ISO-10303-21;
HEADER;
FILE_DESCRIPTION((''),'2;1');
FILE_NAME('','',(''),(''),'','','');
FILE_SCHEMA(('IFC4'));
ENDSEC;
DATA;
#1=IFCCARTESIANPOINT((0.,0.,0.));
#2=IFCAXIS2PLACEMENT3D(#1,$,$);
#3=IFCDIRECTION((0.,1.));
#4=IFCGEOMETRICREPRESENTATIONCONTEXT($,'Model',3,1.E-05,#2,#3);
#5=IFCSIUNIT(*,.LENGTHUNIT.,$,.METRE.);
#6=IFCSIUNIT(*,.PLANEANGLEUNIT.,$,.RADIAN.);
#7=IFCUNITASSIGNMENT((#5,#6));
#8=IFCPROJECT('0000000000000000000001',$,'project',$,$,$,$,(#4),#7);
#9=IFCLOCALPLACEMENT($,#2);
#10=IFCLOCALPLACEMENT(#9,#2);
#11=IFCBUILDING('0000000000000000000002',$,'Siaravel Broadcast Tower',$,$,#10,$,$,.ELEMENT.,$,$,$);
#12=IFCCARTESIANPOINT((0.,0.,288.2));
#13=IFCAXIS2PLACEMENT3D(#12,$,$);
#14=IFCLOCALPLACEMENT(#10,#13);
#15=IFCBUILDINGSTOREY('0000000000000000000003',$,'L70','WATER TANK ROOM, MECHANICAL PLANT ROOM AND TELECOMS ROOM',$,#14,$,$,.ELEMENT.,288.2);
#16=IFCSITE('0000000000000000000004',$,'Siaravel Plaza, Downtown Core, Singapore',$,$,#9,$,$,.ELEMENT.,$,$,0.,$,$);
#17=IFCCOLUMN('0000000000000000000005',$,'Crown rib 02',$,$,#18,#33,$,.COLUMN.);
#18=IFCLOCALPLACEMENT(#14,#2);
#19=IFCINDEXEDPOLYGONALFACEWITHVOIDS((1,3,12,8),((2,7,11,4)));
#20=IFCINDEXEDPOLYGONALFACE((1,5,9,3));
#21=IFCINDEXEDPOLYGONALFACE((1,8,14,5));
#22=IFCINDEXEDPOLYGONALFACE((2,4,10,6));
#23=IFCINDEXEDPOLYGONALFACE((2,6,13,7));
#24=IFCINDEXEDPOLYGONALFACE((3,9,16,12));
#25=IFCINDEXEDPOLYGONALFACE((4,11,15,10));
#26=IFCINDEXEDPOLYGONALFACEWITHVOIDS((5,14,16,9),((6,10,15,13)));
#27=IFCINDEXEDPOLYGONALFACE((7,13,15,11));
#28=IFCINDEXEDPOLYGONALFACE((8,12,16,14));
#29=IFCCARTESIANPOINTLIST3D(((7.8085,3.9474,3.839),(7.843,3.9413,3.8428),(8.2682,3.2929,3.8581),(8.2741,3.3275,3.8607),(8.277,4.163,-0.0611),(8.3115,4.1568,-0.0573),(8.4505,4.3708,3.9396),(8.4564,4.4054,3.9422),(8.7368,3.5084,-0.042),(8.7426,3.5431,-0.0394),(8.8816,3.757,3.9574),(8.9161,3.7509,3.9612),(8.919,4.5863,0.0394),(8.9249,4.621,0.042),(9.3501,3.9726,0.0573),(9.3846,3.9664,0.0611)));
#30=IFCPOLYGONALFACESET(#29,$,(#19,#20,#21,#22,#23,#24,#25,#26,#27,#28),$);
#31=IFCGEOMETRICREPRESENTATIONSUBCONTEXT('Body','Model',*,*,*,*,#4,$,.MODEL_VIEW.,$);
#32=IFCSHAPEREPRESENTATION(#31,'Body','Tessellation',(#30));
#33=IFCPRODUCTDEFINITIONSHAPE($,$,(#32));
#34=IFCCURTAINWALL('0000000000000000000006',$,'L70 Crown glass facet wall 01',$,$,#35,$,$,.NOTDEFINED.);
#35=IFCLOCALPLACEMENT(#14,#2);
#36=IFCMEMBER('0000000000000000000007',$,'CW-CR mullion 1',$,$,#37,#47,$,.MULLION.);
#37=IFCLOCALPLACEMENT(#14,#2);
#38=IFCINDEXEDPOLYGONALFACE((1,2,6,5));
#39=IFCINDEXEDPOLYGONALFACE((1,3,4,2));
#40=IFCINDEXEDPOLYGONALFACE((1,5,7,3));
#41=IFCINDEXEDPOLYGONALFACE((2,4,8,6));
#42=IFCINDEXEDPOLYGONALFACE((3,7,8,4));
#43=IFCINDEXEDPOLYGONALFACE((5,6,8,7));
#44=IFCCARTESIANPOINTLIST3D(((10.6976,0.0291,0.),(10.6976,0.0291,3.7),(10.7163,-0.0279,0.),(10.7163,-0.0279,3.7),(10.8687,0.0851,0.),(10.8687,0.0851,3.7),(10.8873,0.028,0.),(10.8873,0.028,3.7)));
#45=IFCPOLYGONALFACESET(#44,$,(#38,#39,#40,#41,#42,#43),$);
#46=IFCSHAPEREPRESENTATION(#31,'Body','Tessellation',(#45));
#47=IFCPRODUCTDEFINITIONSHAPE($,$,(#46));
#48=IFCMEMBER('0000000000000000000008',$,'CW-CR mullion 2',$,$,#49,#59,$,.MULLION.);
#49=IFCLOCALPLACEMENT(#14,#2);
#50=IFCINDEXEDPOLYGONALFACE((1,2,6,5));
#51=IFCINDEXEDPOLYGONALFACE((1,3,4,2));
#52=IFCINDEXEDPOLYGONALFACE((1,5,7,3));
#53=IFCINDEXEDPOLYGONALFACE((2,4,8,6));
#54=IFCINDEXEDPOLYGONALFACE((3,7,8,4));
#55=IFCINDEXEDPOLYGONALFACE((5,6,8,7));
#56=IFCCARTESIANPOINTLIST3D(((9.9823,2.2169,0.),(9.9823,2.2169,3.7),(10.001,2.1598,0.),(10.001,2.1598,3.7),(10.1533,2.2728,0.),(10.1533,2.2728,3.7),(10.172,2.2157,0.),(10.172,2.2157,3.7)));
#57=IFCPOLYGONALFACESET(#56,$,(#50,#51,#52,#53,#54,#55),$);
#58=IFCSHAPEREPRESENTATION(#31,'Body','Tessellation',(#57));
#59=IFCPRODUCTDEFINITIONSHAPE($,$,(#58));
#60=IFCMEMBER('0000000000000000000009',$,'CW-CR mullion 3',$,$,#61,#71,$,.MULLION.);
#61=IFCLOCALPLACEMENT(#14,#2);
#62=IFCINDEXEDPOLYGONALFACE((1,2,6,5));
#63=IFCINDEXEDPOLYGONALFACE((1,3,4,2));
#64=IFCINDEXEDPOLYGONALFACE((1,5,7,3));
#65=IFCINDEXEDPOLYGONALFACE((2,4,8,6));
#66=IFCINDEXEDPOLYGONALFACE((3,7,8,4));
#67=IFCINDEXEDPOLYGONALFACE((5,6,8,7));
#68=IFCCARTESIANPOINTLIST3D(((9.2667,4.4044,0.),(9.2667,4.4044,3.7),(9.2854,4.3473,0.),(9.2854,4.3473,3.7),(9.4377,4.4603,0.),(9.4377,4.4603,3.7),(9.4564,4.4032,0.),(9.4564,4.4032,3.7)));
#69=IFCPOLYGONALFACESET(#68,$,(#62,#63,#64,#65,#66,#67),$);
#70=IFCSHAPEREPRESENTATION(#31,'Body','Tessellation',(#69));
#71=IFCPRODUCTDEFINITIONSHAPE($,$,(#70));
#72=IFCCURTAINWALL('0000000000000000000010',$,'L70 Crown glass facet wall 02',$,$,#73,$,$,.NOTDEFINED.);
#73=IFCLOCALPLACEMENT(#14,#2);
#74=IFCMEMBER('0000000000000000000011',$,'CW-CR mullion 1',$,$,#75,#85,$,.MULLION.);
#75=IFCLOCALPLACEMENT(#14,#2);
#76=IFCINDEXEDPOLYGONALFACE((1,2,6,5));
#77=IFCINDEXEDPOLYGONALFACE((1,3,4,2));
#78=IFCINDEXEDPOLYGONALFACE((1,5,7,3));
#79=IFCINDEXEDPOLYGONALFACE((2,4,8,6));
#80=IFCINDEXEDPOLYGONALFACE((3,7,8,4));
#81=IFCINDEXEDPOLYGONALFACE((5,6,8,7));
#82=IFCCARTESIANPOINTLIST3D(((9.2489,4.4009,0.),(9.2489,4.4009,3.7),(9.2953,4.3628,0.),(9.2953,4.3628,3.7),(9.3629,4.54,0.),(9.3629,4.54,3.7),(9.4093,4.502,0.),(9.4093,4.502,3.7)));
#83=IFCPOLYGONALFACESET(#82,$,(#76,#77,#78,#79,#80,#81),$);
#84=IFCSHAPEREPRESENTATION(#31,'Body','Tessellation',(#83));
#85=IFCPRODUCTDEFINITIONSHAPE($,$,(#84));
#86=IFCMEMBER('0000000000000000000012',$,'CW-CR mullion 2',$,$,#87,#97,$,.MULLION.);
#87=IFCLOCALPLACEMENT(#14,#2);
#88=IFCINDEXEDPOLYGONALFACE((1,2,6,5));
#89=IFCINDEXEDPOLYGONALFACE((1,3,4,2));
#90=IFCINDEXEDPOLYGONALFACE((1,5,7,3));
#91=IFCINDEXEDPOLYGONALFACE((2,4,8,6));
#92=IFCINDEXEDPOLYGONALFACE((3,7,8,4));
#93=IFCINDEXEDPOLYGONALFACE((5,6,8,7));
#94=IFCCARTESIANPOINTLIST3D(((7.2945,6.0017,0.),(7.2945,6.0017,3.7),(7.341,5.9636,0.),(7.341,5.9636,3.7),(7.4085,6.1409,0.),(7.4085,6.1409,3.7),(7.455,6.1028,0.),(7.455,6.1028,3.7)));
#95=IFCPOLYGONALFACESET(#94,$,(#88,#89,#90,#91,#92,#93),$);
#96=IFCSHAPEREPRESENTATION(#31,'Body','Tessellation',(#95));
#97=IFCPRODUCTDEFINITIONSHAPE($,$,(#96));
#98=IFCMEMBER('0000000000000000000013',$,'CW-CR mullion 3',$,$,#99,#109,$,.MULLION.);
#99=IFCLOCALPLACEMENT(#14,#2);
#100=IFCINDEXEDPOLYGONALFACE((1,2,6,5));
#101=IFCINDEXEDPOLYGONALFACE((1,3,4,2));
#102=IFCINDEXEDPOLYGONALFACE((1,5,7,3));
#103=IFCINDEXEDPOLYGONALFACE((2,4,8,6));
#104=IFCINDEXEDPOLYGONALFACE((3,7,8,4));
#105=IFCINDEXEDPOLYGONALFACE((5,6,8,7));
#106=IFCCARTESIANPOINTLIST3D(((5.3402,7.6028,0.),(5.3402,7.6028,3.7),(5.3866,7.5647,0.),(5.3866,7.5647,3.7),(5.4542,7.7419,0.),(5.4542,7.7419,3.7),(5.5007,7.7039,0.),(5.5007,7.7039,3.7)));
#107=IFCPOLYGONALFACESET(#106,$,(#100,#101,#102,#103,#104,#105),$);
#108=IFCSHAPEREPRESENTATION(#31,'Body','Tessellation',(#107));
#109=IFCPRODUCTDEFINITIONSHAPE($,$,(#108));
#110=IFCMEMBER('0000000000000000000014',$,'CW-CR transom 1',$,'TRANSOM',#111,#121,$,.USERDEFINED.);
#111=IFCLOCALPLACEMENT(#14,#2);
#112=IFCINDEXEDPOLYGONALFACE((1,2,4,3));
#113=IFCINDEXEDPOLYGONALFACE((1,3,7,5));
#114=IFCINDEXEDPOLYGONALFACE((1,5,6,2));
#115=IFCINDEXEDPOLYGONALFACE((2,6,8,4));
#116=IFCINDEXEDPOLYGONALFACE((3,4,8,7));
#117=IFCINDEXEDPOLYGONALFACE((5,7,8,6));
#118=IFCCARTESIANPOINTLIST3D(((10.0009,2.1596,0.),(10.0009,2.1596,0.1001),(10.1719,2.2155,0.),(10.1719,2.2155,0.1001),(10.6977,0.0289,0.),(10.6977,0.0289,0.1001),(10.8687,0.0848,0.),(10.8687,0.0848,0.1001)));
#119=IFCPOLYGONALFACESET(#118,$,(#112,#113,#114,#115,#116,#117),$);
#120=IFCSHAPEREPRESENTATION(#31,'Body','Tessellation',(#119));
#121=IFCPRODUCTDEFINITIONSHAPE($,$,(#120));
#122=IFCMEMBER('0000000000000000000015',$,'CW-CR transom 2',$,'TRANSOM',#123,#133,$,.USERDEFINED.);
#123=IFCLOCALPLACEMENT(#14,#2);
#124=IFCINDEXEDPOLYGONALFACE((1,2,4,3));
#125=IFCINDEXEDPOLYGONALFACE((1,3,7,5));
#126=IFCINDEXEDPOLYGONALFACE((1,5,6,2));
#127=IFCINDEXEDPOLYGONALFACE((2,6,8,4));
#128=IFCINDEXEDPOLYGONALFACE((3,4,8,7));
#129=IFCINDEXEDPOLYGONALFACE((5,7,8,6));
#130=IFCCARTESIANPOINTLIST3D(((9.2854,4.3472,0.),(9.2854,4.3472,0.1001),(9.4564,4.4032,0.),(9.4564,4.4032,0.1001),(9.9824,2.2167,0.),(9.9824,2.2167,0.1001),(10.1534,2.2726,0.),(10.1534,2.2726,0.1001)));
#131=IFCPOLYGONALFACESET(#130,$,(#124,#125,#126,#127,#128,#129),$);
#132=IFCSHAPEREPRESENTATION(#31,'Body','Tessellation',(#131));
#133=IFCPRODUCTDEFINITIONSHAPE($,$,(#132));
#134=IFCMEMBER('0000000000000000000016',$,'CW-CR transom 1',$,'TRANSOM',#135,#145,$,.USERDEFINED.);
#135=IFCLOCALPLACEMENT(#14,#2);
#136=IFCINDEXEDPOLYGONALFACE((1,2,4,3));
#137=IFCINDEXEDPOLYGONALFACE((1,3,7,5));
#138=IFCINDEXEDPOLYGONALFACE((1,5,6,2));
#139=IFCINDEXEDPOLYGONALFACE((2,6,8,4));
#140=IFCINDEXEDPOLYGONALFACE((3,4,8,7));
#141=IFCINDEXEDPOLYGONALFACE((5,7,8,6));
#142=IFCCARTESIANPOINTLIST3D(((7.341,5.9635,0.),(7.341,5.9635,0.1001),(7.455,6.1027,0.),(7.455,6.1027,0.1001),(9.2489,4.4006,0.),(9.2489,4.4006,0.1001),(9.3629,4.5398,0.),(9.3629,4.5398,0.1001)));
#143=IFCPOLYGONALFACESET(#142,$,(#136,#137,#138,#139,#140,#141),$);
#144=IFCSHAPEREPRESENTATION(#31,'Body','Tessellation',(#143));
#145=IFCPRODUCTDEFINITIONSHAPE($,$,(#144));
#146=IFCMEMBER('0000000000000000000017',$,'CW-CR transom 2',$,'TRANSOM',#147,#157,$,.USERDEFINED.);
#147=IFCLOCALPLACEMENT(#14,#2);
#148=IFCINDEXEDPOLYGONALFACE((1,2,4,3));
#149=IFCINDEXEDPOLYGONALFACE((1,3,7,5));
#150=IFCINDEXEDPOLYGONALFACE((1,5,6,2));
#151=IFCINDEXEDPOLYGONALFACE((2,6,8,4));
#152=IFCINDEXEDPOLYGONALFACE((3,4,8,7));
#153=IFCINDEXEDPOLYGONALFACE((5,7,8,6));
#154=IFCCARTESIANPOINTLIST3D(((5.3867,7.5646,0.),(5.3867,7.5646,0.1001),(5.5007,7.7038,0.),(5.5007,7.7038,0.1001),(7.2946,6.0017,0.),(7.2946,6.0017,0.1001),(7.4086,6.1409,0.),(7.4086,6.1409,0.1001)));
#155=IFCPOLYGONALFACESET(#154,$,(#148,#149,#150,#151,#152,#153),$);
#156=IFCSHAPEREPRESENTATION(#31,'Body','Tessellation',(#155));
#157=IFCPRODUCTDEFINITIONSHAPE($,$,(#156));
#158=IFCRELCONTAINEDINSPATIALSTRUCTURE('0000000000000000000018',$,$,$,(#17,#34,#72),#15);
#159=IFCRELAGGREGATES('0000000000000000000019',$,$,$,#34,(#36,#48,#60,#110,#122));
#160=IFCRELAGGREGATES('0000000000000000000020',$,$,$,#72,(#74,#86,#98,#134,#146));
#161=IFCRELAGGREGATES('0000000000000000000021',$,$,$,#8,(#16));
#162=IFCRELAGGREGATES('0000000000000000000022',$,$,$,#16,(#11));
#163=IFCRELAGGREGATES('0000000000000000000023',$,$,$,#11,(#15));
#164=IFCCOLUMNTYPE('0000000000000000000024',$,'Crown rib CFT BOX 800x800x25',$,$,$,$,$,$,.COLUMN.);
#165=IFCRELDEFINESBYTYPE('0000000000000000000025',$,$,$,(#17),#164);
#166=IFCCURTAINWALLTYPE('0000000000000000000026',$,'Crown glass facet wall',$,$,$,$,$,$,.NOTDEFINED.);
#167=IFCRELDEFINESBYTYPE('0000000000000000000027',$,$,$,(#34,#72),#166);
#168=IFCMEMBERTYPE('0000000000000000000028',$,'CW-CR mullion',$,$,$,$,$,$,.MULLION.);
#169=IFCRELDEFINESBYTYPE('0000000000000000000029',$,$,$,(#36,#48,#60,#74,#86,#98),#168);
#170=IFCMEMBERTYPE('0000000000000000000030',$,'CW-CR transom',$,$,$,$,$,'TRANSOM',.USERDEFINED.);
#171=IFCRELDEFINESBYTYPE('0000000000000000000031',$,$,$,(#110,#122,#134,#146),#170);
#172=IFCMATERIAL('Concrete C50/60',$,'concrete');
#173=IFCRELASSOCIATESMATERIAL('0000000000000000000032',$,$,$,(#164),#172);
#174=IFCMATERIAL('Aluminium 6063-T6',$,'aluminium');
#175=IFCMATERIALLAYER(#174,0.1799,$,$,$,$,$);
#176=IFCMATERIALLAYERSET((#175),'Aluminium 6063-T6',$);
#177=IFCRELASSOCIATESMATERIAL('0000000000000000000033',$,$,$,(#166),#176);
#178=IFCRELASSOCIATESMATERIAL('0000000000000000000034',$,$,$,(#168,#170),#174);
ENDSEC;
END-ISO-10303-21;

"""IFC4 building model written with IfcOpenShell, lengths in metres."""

from ifc_helpers import new_model, si_unit, direction, frame, origin, origin_2d, place, context, subcontext, project, spatial, rectangle, hollow_rectangle, extrude, material, layer, layer_set, material_profile, profile_set, type_object, element, aggregate, save


model = new_model("IFC4")

# Units and contexts
model_context = context("Model", 3, precision=1e-05, world=origin(), true_north=direction((0.0, 1.0)))
body_context = subcontext(model_context, "Body", "Model", "MODEL_VIEW")
ifc_project = project(units=[si_unit("LENGTHUNIT", "METRE"), si_unit("PLANEANGLEUNIT", "RADIAN")], contexts=[model_context])

# Site, building, storey
site_placement = place(None, origin())
site = spatial("IfcSite", under=ifc_project, at=site_placement, Name="Siaravel Plaza, Downtown Core, Singapore", CompositionType="ELEMENT", RefElevation=0.0)
building_placement = place(site_placement, origin())
building = spatial("IfcBuilding", under=site, at=building_placement, Name="Siaravel Broadcast Tower", CompositionType="ELEMENT")
storey_placement = place(building_placement, frame((0.0, 0.0, 288.2)))
storey = spatial("IfcBuildingStorey", under=building, at=storey_placement, Name="L70", Description="WATER TANK ROOM, MECHANICAL PLANT ROOM AND TELECOMS ROOM", CompositionType="ELEMENT", Elevation=288.2)

# Column
ifc_material_1 = material(Name="Concrete C50/60", Category="concrete")
ifc_material_profile_1 = material_profile(ifc_material_1, hollow_rectangle(XDim=0.8, YDim=0.8, WallThickness=0.0249, at=origin_2d()))
ifc_profile_set_1 = profile_set([ifc_material_profile_1], Name="Concrete C50/60")
column_type = type_object("IfcColumnType", Name="Crown rib CFT BOX 800x800x25", PredefinedType="COLUMN", material=ifc_profile_set_1)
column_placement = place(storey_placement, frame((8.8308, 4.0647, 0.0), z_axis=(-0.119089, -0.054797, 0.99137), x_axis=(0.574593, -0.818093, 0.023804)))
element("IfcColumn", 1, at=column_placement, inside=storey, type_object=column_type, Name="Crown rib 02", PredefinedType="COLUMN", context=body_context, shape_type="SweptSolid", body=[
    extrude(hollow_rectangle(XDim=0.8, YDim=0.8, WallThickness=0.0249, at=origin_2d()), origin(), (0.0, 0.0, 1.0), 3.9341),
])

# Curtain walls, members
ifc_material_2 = material(Name="Aluminium 6063-T6", Category="aluminium")
ifc_layer_1 = layer(ifc_material_2, 0.1799)
ifc_layer_set_1 = layer_set([ifc_layer_1], Name="Aluminium 6063-T6")
curtain_wall_type = type_object("IfcCurtainWallType", Name="Crown glass facet wall", PredefinedType="NOTDEFINED", material=ifc_layer_set_1)
curtain_wall_1_placement = place(storey_placement, origin())
curtain_wall_1 = element("IfcCurtainWall", 2, at=curtain_wall_1_placement, inside=storey, type_object=curtain_wall_type, Name="L70 Crown glass facet wall 01", PredefinedType="NOTDEFINED")
ifc_material_profile_2 = material_profile(ifc_material_2, rectangle(XDim=0.1799, YDim=0.0601, at=origin_2d()))
ifc_profile_set_2 = profile_set([ifc_material_profile_2], Name="Aluminium 6063-T6")
member_type_1 = type_object("IfcMemberType", Name="CW-CR mullion", PredefinedType="MULLION", material=ifc_profile_set_2)
member_1_placement = place(storey_placement, frame((10.7925, 0.0286, 0.0), z_axis=(0.0, 0.0, 1.0), x_axis=(-0.950458, -0.310853, 0.0)))
member_1 = element("IfcMember", 3, at=member_1_placement, type_object=member_type_1, Name="CW-CR mullion 1", PredefinedType="MULLION", context=body_context, shape_type="SweptSolid", body=[
    extrude(rectangle(XDim=0.1799, YDim=0.0601, at=origin_2d()), origin(), (0.0, 0.0, 1.0), 3.7),
])
member_2_placement = place(storey_placement, frame((10.0771, 2.2163, 0.0), z_axis=(0.0, 0.0, 1.0), x_axis=(-0.950458, -0.310853, 0.0)))
member_2 = element("IfcMember", 4, at=member_2_placement, type_object=member_type_1, Name="CW-CR mullion 2", PredefinedType="MULLION", context=body_context, shape_type="SweptSolid", body=[
    extrude(rectangle(XDim=0.1799, YDim=0.0601, at=origin_2d()), origin(), (0.0, 0.0, 1.0), 3.7),
])
member_3_placement = place(storey_placement, frame((9.3616, 4.4038, 0.0), z_axis=(0.0, 0.0, 1.0), x_axis=(-0.950458, -0.310853, 0.0)))
member_3 = element("IfcMember", 5, at=member_3_placement, type_object=member_type_1, Name="CW-CR mullion 3", PredefinedType="MULLION", context=body_context, shape_type="SweptSolid", body=[
    extrude(rectangle(XDim=0.1799, YDim=0.0601, at=origin_2d()), origin(), (0.0, 0.0, 1.0), 3.7),
])
curtain_wall_2_placement = place(storey_placement, origin())
curtain_wall_2 = element("IfcCurtainWall", 6, at=curtain_wall_2_placement, inside=storey, type_object=curtain_wall_type, Name="L70 Crown glass facet wall 02", PredefinedType="NOTDEFINED")
member_4_placement = place(storey_placement, frame((9.3291, 4.4514, 0.0), z_axis=(0.0, 0.0, 1.0), x_axis=(-0.633718, -0.773564, 0.0)))
member_4 = element("IfcMember", 7, at=member_4_placement, type_object=member_type_1, Name="CW-CR mullion 1", PredefinedType="MULLION", context=body_context, shape_type="SweptSolid", body=[
    extrude(rectangle(XDim=0.1799, YDim=0.0601, at=origin_2d()), origin(), (0.0, 0.0, 1.0), 3.7),
])
member_5_placement = place(storey_placement, frame((7.3748, 6.0522, 0.0), z_axis=(0.0, 0.0, 1.0), x_axis=(-0.633718, -0.773564, 0.0)))
member_5 = element("IfcMember", 8, at=member_5_placement, type_object=member_type_1, Name="CW-CR mullion 2", PredefinedType="MULLION", context=body_context, shape_type="SweptSolid", body=[
    extrude(rectangle(XDim=0.1799, YDim=0.0601, at=origin_2d()), origin(), (0.0, 0.0, 1.0), 3.7),
])
member_6_placement = place(storey_placement, frame((5.4204, 7.6533, 0.0), z_axis=(0.0, 0.0, 1.0), x_axis=(-0.633718, -0.773564, 0.0)))
member_6 = element("IfcMember", 9, at=member_6_placement, type_object=member_type_1, Name="CW-CR mullion 3", PredefinedType="MULLION", context=body_context, shape_type="SweptSolid", body=[
    extrude(rectangle(XDim=0.1799, YDim=0.0601, at=origin_2d()), origin(), (0.0, 0.0, 1.0), 3.7),
])

# Members
ifc_material_profile_3 = material_profile(ifc_material_2, rectangle(XDim=0.1799, YDim=0.1001, at=origin_2d()))
ifc_profile_set_3 = profile_set([ifc_material_profile_3], Name="Aluminium 6063-T6")
member_type_2 = type_object("IfcMemberType", Name="CW-CR transom", ElementType="TRANSOM", PredefinedType="USERDEFINED", material=ifc_profile_set_3)
member_7_placement = place(storey_placement, frame((10.7832, 0.0569, 0.05), z_axis=(-0.310832, 0.950465, 0.0), x_axis=(-0.950465, -0.310832, 0.0)))
member_7 = element("IfcMember", 10, at=member_7_placement, type_object=member_type_2, Name="CW-CR transom 1", ObjectType="TRANSOM", PredefinedType="USERDEFINED", context=body_context, shape_type="SweptSolid", body=[
    extrude(rectangle(XDim=0.1799, YDim=0.1001, at=origin_2d()), origin(), (0.0, 0.0, 1.0), 2.2417),
])
member_8_placement = place(storey_placement, frame((10.0679, 2.2446, 0.05), z_axis=(-0.31093, 0.950433, 0.0), x_axis=(-0.950433, -0.31093, 0.0)))
member_8 = element("IfcMember", 11, at=member_8_placement, type_object=member_type_2, Name="CW-CR transom 2", ObjectType="TRANSOM", PredefinedType="USERDEFINED", context=body_context, shape_type="SweptSolid", body=[
    extrude(rectangle(XDim=0.1799, YDim=0.1001, at=origin_2d()), origin(), (0.0, 0.0, 1.0), 2.2417),
])
member_9_placement = place(storey_placement, frame((9.3059, 4.4702, 0.05), z_axis=(-0.773573, 0.633707, 0.0), x_axis=(-0.633707, -0.773573, 0.0)))
member_9 = element("IfcMember", 12, at=member_9_placement, type_object=member_type_2, Name="CW-CR transom 1", ObjectType="TRANSOM", PredefinedType="USERDEFINED", context=body_context, shape_type="SweptSolid", body=[
    extrude(rectangle(XDim=0.1799, YDim=0.1001, at=origin_2d()), origin(), (0.0, 0.0, 1.0), 2.4663),
])
member_10_placement = place(storey_placement, frame((7.3516, 6.0713, 0.05), z_axis=(-0.773573, 0.633707, 0.0), x_axis=(-0.633707, -0.773573, 0.0)))
member_10 = element("IfcMember", 13, at=member_10_placement, type_object=member_type_2, Name="CW-CR transom 2", ObjectType="TRANSOM", PredefinedType="USERDEFINED", context=body_context, shape_type="SweptSolid", body=[
    extrude(rectangle(XDim=0.1799, YDim=0.1001, at=origin_2d()), origin(), (0.0, 0.0, 1.0), 2.4663),
])

aggregate(curtain_wall_1, [member_1, member_2, member_3, member_7, member_8])
aggregate(curtain_wall_2, [member_4, member_5, member_6, member_9, member_10])

save(model, "model.ifc")
